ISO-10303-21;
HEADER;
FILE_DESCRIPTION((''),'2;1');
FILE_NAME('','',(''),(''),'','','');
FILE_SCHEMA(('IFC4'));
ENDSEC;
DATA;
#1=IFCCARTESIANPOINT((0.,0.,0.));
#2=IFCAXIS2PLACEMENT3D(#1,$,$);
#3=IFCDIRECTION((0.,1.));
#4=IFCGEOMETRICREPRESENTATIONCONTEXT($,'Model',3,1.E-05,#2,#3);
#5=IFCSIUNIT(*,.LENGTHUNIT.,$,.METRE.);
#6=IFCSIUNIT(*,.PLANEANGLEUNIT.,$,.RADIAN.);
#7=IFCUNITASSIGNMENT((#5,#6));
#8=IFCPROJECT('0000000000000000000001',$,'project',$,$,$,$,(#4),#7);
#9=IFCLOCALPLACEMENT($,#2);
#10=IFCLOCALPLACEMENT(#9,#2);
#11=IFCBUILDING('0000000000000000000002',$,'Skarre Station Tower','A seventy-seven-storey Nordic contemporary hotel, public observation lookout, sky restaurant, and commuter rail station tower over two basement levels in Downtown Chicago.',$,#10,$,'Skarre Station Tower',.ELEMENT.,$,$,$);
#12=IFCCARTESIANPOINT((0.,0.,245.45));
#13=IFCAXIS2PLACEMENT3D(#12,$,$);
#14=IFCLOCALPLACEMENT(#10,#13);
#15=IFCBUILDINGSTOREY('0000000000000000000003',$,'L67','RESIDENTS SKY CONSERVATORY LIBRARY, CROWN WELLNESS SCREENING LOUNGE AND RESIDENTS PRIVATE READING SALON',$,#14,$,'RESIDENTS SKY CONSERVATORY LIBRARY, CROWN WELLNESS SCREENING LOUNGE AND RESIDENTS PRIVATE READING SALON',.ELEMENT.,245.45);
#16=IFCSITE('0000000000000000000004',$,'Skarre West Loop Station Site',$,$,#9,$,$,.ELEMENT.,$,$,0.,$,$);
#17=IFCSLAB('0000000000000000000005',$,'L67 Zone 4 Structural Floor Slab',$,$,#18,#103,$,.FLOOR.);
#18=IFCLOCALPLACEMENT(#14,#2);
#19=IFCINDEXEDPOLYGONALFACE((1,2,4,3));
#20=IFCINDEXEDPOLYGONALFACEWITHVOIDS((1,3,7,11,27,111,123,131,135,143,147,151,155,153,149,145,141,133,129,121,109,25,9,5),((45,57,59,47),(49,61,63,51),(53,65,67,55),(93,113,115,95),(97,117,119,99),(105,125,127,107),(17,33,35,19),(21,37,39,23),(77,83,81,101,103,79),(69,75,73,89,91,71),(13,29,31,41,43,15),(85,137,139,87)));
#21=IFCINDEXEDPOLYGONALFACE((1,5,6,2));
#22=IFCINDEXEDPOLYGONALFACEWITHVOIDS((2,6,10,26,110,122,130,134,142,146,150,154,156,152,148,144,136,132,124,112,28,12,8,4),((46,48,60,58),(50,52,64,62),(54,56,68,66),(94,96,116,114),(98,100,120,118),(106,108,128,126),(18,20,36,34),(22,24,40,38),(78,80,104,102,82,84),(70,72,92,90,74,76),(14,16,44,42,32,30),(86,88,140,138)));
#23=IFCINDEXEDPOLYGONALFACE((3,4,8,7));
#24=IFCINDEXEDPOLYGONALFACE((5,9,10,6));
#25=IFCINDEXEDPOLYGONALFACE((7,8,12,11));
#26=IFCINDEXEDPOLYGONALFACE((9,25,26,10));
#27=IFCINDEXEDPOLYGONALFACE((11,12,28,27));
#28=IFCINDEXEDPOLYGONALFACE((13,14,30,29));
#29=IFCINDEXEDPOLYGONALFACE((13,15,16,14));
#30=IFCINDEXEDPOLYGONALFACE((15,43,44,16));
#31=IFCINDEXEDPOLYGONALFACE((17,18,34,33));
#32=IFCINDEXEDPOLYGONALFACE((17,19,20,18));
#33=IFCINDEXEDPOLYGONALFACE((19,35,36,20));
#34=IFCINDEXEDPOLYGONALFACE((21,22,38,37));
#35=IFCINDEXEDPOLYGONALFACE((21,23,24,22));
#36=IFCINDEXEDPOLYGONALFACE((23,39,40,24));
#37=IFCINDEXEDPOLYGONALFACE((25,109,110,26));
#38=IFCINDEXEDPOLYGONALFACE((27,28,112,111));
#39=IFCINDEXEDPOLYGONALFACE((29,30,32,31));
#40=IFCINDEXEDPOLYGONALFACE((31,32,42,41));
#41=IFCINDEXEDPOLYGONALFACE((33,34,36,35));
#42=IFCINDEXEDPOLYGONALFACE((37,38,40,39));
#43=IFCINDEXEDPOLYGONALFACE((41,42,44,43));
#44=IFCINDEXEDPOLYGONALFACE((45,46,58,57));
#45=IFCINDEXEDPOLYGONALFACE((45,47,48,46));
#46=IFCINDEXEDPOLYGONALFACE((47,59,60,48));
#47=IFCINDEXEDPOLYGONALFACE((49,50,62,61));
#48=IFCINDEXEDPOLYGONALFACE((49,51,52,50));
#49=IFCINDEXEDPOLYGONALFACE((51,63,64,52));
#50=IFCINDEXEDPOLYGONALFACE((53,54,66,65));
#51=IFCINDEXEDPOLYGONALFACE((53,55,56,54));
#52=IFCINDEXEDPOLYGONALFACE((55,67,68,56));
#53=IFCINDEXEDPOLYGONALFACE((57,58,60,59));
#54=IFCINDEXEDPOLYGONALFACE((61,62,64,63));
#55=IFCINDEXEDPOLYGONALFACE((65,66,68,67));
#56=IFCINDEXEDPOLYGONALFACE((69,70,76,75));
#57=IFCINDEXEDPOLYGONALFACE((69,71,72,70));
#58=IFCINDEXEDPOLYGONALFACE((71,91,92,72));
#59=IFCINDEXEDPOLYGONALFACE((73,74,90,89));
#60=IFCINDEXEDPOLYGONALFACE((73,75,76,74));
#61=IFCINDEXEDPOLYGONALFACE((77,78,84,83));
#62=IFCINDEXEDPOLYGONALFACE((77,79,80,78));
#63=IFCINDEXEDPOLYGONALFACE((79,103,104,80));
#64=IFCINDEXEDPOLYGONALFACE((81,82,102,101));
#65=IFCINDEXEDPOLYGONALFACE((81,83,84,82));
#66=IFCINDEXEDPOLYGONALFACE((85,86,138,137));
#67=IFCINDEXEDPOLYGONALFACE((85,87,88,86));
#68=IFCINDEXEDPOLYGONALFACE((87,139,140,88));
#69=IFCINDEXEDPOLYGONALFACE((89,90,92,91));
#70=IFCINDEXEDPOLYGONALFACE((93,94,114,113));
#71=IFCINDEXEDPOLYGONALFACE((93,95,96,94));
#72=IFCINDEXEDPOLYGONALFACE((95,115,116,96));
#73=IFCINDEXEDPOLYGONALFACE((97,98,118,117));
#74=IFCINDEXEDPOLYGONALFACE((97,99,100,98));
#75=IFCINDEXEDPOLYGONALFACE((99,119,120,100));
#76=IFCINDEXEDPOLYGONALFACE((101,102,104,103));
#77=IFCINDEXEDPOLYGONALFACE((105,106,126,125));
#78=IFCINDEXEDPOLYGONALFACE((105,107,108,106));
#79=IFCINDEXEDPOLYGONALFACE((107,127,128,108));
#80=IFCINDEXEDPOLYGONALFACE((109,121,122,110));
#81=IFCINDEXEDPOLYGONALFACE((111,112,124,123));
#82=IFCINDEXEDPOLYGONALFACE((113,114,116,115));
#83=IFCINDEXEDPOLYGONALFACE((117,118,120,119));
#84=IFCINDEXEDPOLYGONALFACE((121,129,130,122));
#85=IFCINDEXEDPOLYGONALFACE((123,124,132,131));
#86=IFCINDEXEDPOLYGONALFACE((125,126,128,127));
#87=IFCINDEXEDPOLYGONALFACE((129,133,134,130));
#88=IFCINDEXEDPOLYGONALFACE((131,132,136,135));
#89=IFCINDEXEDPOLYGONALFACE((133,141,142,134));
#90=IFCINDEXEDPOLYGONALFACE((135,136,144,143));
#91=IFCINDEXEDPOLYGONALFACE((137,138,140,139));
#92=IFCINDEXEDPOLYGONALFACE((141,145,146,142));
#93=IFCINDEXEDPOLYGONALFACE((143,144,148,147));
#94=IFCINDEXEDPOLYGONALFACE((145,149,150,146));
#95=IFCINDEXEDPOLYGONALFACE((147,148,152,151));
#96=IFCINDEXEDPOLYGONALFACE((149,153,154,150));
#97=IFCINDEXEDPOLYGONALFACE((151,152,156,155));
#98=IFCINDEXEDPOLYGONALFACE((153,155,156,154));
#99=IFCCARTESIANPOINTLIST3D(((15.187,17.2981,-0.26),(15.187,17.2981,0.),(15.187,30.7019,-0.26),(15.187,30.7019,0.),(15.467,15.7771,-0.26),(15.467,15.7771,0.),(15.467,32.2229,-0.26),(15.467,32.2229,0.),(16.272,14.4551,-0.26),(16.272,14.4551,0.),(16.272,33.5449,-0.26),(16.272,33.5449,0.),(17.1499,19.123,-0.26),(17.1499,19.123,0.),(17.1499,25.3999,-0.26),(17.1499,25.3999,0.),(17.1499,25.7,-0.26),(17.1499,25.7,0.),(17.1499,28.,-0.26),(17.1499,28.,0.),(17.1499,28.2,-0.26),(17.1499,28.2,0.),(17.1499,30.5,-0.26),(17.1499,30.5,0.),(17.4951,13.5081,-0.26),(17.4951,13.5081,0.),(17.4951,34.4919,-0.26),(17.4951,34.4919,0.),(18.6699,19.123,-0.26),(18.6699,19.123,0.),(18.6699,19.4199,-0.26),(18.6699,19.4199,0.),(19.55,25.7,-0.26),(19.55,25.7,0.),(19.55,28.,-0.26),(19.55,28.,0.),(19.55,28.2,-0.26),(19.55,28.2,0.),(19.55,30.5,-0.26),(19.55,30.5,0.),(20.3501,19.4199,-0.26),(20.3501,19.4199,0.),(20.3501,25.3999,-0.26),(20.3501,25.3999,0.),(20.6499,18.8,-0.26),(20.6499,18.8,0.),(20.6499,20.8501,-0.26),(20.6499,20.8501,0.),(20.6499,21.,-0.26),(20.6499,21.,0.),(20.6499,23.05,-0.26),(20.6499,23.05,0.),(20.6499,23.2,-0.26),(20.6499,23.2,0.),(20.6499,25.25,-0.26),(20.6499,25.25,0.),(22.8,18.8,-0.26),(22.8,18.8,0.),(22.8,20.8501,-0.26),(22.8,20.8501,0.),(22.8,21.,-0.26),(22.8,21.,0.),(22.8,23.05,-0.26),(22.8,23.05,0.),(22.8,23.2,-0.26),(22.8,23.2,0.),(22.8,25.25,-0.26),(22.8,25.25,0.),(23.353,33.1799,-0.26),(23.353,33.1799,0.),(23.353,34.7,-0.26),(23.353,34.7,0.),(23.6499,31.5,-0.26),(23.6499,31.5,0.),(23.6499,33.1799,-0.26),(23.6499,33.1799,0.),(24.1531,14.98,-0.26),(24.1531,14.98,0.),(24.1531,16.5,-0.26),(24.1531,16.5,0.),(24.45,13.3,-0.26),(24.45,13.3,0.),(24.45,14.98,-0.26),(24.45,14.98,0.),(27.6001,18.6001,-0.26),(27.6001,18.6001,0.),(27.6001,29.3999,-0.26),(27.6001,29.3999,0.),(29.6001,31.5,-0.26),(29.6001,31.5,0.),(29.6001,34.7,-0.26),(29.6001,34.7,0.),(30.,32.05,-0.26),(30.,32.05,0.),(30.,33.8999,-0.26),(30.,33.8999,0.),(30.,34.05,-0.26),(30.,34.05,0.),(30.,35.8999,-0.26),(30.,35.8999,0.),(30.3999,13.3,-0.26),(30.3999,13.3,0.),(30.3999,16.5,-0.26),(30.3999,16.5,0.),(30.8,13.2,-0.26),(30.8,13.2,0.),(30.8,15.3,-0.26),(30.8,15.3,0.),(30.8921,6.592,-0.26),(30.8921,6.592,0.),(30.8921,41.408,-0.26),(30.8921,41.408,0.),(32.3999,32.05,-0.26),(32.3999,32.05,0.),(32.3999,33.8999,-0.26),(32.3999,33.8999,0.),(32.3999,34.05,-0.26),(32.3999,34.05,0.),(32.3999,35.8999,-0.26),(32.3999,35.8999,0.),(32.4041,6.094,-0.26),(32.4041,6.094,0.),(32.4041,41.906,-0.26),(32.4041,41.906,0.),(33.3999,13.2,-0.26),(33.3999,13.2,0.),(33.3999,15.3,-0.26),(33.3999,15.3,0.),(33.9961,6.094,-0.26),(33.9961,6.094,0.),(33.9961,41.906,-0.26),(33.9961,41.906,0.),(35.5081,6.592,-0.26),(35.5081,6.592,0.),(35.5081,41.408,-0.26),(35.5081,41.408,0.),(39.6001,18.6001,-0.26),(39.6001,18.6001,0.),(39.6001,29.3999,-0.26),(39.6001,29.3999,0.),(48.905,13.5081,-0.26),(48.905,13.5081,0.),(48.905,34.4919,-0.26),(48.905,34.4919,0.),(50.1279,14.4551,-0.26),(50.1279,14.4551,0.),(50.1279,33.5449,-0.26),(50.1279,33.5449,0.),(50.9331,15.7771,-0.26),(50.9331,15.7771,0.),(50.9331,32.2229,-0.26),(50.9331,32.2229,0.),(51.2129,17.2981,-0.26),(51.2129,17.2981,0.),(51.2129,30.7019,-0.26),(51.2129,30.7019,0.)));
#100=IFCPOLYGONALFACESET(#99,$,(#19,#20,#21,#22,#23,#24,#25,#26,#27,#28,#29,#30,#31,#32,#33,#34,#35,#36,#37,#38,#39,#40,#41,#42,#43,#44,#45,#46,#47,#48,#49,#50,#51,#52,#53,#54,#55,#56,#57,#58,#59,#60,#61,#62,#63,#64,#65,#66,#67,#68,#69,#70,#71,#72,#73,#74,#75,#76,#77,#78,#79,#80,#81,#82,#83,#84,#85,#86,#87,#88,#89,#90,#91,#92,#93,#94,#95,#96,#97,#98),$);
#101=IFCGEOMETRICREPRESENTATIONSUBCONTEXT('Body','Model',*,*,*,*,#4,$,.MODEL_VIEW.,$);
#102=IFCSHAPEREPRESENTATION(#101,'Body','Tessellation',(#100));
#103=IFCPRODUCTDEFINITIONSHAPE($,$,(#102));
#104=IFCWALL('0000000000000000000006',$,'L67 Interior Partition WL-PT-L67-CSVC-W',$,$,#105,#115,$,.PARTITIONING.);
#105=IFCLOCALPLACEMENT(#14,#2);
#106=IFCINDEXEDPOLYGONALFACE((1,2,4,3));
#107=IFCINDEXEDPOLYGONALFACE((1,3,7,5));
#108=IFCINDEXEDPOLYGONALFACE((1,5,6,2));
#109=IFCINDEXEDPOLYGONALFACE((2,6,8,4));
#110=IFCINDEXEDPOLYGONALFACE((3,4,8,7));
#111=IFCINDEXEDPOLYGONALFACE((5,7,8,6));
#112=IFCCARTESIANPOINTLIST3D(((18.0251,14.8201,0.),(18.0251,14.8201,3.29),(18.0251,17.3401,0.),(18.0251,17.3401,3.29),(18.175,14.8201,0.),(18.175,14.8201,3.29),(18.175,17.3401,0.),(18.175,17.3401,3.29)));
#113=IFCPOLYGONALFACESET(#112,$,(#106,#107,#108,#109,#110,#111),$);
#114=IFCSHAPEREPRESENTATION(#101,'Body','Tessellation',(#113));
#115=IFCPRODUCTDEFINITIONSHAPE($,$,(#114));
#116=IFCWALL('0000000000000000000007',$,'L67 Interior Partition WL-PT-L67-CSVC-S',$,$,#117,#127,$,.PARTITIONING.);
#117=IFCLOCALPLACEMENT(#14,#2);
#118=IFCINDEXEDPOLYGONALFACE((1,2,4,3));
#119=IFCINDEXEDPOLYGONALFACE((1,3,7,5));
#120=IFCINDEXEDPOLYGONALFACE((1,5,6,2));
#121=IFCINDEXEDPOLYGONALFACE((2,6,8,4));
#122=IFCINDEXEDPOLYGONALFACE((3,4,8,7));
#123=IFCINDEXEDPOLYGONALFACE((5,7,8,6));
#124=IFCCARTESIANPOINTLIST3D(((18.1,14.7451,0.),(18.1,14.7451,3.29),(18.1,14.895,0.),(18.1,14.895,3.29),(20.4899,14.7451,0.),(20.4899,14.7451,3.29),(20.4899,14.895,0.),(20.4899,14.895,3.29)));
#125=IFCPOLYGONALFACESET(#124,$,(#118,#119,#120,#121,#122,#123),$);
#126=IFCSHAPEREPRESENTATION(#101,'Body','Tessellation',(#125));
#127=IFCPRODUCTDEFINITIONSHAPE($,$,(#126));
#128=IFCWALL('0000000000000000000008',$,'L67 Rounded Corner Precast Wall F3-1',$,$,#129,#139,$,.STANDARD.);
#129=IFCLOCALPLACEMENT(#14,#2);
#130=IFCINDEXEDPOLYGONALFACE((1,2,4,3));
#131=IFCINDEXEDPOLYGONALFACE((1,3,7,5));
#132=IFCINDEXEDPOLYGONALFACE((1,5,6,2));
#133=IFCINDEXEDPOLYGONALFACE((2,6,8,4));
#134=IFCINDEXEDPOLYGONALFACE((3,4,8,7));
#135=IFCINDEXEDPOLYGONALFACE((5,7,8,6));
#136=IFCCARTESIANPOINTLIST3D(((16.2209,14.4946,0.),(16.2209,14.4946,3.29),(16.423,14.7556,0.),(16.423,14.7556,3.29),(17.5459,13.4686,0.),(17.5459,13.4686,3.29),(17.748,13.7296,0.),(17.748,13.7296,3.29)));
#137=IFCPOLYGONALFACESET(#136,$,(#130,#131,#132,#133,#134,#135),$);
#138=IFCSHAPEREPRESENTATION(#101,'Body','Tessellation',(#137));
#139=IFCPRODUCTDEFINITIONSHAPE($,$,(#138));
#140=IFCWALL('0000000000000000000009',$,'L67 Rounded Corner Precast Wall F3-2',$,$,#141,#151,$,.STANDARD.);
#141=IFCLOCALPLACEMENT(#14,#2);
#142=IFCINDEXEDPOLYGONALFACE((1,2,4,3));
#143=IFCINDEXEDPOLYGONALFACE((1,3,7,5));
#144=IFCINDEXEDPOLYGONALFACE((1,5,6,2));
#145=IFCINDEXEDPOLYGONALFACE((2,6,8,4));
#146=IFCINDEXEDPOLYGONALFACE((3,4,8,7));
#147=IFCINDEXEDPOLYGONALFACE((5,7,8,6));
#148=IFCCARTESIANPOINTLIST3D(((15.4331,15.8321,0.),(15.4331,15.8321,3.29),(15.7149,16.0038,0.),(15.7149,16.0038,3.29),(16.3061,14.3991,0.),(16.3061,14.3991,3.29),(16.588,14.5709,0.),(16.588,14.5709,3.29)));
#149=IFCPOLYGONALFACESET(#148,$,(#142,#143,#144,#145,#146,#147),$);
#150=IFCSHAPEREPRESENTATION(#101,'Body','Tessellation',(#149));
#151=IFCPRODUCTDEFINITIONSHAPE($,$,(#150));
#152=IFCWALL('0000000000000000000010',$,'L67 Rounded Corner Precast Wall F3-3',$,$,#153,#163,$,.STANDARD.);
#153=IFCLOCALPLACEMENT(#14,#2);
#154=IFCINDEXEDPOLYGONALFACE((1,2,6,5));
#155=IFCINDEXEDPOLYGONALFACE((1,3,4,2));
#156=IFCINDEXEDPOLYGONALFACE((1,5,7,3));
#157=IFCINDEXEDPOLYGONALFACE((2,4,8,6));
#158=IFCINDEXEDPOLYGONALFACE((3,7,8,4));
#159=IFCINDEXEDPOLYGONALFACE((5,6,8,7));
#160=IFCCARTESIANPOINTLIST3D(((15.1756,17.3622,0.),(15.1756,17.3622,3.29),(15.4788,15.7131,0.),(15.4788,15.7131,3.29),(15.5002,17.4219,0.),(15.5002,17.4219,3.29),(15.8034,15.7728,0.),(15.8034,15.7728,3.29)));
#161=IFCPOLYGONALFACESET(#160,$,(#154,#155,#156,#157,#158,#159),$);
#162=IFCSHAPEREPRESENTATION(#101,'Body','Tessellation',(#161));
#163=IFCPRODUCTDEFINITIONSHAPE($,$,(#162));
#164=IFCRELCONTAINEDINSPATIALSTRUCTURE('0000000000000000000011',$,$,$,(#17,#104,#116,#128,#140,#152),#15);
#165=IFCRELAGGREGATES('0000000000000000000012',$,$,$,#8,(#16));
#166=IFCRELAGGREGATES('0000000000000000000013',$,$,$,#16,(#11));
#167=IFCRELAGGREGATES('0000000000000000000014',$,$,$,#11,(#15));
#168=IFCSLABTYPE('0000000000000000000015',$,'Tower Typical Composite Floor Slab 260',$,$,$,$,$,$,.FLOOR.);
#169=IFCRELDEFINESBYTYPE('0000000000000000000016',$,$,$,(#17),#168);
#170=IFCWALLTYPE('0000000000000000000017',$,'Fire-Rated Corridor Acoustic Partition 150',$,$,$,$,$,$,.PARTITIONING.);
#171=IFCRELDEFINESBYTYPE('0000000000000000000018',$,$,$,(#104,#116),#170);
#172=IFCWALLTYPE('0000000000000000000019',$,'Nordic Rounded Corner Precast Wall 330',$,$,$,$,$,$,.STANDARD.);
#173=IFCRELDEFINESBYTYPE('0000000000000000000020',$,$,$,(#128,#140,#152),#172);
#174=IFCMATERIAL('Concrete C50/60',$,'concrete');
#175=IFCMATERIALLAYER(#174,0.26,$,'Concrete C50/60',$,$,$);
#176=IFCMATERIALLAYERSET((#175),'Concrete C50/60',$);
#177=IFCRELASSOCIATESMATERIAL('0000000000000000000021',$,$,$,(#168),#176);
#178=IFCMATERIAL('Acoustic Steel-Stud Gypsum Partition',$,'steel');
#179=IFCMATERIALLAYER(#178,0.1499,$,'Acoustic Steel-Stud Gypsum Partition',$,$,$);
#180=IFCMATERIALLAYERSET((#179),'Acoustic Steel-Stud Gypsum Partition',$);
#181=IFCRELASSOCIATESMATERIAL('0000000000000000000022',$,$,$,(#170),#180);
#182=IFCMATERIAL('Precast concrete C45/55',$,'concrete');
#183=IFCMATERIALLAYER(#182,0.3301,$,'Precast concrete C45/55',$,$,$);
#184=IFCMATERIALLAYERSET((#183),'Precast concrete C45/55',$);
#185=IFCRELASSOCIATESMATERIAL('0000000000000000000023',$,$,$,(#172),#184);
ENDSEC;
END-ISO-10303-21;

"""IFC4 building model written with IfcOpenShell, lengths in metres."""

from ifc_helpers import new_model, si_unit, direction, frame, frame_2d, origin, place, context, subcontext, project, spatial, polyline, rectangle, outline, extrude, material, layer, layer_set, type_object, element, save


model = new_model("IFC4")

# Units and contexts
model_context = context("Model", 3, precision=1e-05, world=origin(), true_north=direction((0.0, 1.0)))
body_context = subcontext(model_context, "Body", "Model", "MODEL_VIEW")
ifc_project = project(units=[si_unit("LENGTHUNIT", "METRE"), si_unit("PLANEANGLEUNIT", "RADIAN")], contexts=[model_context])

# Site, building, storey
site_placement = place(None, origin())
site = spatial("IfcSite", under=ifc_project, at=site_placement, Name="Skarre West Loop Station Site", CompositionType="ELEMENT", RefElevation=0.0)
building_placement = place(site_placement, origin())
building = spatial("IfcBuilding", under=site, at=building_placement, Name="Skarre Station Tower", Description="A seventy-seven-storey Nordic contemporary hotel, public observation lookout, sky restaurant, and commuter rail station tower over two basement levels in Downtown Chicago.", LongName="Skarre Station Tower", CompositionType="ELEMENT")
storey_placement = place(building_placement, frame((0.0, 0.0, 245.45)))
storey = spatial("IfcBuildingStorey", under=building, at=storey_placement, Name="L67", Description="RESIDENTS SKY CONSERVATORY LIBRARY, CROWN WELLNESS SCREENING LOUNGE AND RESIDENTS PRIVATE READING SALON", LongName="RESIDENTS SKY CONSERVATORY LIBRARY, CROWN WELLNESS SCREENING LOUNGE AND RESIDENTS PRIVATE READING SALON", CompositionType="ELEMENT", Elevation=245.45)

# Shared definitions
ifc_material_1 = material(Name="Concrete C50/60", Category="concrete")

# Slab
ifc_layer_1 = layer(ifc_material_1, 0.26, Name="Concrete C50/60")
ifc_layer_set_1 = layer_set([ifc_layer_1], Name="Concrete C50/60")
slab_type_1 = type_object("IfcSlabType", Name="Tower Typical Composite Floor Slab 260", PredefinedType="FLOOR", material=ifc_layer_set_1)
slab_1_placement = place(storey_placement, frame((0.0, 0.0, -0.26)))
element("IfcSlab", 1, at=slab_1_placement, inside=storey, type_object=slab_type_1, Name="L67 Zone 4 Structural Floor Slab", PredefinedType="FLOOR", context=body_context, shape_type="SweptSolid", body=[
    extrude(outline(polyline([(51.2129, 30.7019), (50.9331, 32.2229), (50.1279, 33.5449), (48.905, 34.4919), (35.5081, 41.408), (33.9961, 41.906), (32.4041, 41.906), (30.8921, 41.408), (17.4951, 34.4919), (16.272, 33.5449), (15.467, 32.2229), (15.187, 30.7019), (15.187, 17.2981), (15.467, 15.7771), (16.272, 14.4551), (17.4951, 13.5081), (30.8921, 6.592), (32.4041, 6.094), (33.9961, 6.094), (35.5081, 6.592), (48.905, 13.5081), (50.1279, 14.4551), (50.9331, 15.7771), (51.2129, 17.2981), (51.2129, 30.7019)]), holes=[polyline([(18.6699, 19.4199), (18.6699, 19.123), (17.1499, 19.123), (17.1499, 25.3999), (20.3501, 25.3999), (20.3501, 19.4199), (18.6699, 19.4199)]), polyline([(24.45, 14.98), (24.1531, 14.98), (24.1531, 16.5), (30.3999, 16.5), (30.3999, 13.3), (24.45, 13.3), (24.45, 14.98)]), polyline([(23.6499, 33.1799), (23.353, 33.1799), (23.353, 34.7), (29.6001, 34.7), (29.6001, 31.5), (23.6499, 31.5), (23.6499, 33.1799)]), polyline([(17.1499, 28.0), (19.55, 28.0), (19.55, 25.7), (17.1499, 25.7), (17.1499, 28.0)]), polyline([(17.1499, 30.5), (19.55, 30.5), (19.55, 28.2), (17.1499, 28.2), (17.1499, 30.5)]), polyline([(30.8, 15.3), (33.3999, 15.3), (33.3999, 13.2), (30.8, 13.2), (30.8, 15.3)]), polyline([(20.6499, 20.8501), (22.8, 20.8501), (22.8, 18.8), (20.6499, 18.8), (20.6499, 20.8501)]), polyline([(20.6499, 23.05), (22.8, 23.05), (22.8, 21.0), (20.6499, 21.0), (20.6499, 23.05)]), polyline([(20.6499, 25.25), (22.8, 25.25), (22.8, 23.2), (20.6499, 23.2), (20.6499, 25.25)]), polyline([(30.0, 33.8999), (32.3999, 33.8999), (32.3999, 32.05), (30.0, 32.05), (30.0, 33.8999)]), polyline([(30.0, 35.8999), (32.3999, 35.8999), (32.3999, 34.05), (30.0, 34.05), (30.0, 35.8999)]), polyline([(27.6001, 29.3999), (39.6001, 29.3999), (39.6001, 18.6001), (27.6001, 18.6001), (27.6001, 29.3999)])]), origin(), (0.0, 0.0, 1.0), 0.26),
])

# Walls
ifc_material_2 = material(Name="Acoustic Steel-Stud Gypsum Partition", Category="steel")
ifc_layer_2 = layer(ifc_material_2, 0.1499, Name="Acoustic Steel-Stud Gypsum Partition")
ifc_layer_set_2 = layer_set([ifc_layer_2], Name="Acoustic Steel-Stud Gypsum Partition")
wall_type_1 = type_object("IfcWallType", Name="Fire-Rated Corridor Acoustic Partition 150", PredefinedType="PARTITIONING", material=ifc_layer_set_2)
wall_1_placement = place(storey_placement, frame((18.1001, 17.3401, 0.0), z_axis=(0.0, 0.0, 1.0), x_axis=(0.0, -1.0, 0.0)))
element("IfcWall", 2, at=wall_1_placement, inside=storey, type_object=wall_type_1, Name="L67 Interior Partition WL-PT-L67-CSVC-W", PredefinedType="PARTITIONING", context=body_context, shape_type="SweptSolid", body=[
    extrude(rectangle(XDim=2.52, YDim=0.1499, at=frame_2d((1.26, 0.0))), origin(), (0.0, 0.0, 1.0), 3.29),
])
wall_2_placement = place(storey_placement, frame((18.1001, 14.8201, 0.0), z_axis=(0.0, 0.0, 1.0), x_axis=(1.0, 0.0, 0.0)))
element("IfcWall", 3, at=wall_2_placement, inside=storey, type_object=wall_type_1, Name="L67 Interior Partition WL-PT-L67-CSVC-S", PredefinedType="PARTITIONING", context=body_context, shape_type="SweptSolid", body=[
    extrude(rectangle(XDim=2.3899, YDim=0.1499, at=frame_2d((1.1948, 0.0))), origin(), (0.0, 0.0, 1.0), 3.29),
])
ifc_material_3 = material(Name="Precast concrete C45/55", Category="concrete")
ifc_layer_3 = layer(ifc_material_3, 0.3301, Name="Precast concrete C45/55")
ifc_layer_set_3 = layer_set([ifc_layer_3], Name="Precast concrete C45/55")
wall_type_2 = type_object("IfcWallType", Name="Nordic Rounded Corner Precast Wall 330", PredefinedType="STANDARD", material=ifc_layer_set_3)
wall_3_placement = place(storey_placement, frame((17.647, 13.5991, 0.0), z_axis=(0.0, 0.0, 1.0), x_axis=(-0.790692, 0.612214, 0.0)))
element("IfcWall", 4, at=wall_3_placement, inside=storey, type_object=wall_type_2, Name="L67 Rounded Corner Precast Wall F3-1", PredefinedType="STANDARD", context=body_context, shape_type="SweptSolid", body=[
    extrude(rectangle(XDim=1.6758, YDim=0.3301, at=frame_2d((0.8379, 0.0))), origin(), (0.0, 0.0, 1.0), 3.29),
])
wall_4_placement = place(storey_placement, frame((16.447, 14.4851, 0.0), z_axis=(0.0, 0.0, 1.0), x_axis=(-0.520325, 0.853968, 0.0)))
element("IfcWall", 5, at=wall_4_placement, inside=storey, type_object=wall_type_2, Name="L67 Rounded Corner Precast Wall F3-2", PredefinedType="STANDARD", context=body_context, shape_type="SweptSolid", body=[
    extrude(rectangle(XDim=1.678, YDim=0.3301, at=frame_2d((0.8389, 0.0))), origin(), (0.0, 0.0, 1.0), 3.29),
])
wall_5_placement = place(storey_placement, frame((15.6411, 15.7429, 0.0), z_axis=(0.0, 0.0, 1.0), x_axis=(-0.180833, 0.983514, 0.0)))
element("IfcWall", 6, at=wall_5_placement, inside=storey, type_object=wall_type_2, Name="L67 Rounded Corner Precast Wall F3-3", PredefinedType="STANDARD", context=body_context, shape_type="SweptSolid", body=[
    extrude(rectangle(XDim=1.6768, YDim=0.3301, at=frame_2d((0.8384, 0.0))), origin(), (0.0, 0.0, 1.0), 3.29),
])

save(model, "model.ifc")
